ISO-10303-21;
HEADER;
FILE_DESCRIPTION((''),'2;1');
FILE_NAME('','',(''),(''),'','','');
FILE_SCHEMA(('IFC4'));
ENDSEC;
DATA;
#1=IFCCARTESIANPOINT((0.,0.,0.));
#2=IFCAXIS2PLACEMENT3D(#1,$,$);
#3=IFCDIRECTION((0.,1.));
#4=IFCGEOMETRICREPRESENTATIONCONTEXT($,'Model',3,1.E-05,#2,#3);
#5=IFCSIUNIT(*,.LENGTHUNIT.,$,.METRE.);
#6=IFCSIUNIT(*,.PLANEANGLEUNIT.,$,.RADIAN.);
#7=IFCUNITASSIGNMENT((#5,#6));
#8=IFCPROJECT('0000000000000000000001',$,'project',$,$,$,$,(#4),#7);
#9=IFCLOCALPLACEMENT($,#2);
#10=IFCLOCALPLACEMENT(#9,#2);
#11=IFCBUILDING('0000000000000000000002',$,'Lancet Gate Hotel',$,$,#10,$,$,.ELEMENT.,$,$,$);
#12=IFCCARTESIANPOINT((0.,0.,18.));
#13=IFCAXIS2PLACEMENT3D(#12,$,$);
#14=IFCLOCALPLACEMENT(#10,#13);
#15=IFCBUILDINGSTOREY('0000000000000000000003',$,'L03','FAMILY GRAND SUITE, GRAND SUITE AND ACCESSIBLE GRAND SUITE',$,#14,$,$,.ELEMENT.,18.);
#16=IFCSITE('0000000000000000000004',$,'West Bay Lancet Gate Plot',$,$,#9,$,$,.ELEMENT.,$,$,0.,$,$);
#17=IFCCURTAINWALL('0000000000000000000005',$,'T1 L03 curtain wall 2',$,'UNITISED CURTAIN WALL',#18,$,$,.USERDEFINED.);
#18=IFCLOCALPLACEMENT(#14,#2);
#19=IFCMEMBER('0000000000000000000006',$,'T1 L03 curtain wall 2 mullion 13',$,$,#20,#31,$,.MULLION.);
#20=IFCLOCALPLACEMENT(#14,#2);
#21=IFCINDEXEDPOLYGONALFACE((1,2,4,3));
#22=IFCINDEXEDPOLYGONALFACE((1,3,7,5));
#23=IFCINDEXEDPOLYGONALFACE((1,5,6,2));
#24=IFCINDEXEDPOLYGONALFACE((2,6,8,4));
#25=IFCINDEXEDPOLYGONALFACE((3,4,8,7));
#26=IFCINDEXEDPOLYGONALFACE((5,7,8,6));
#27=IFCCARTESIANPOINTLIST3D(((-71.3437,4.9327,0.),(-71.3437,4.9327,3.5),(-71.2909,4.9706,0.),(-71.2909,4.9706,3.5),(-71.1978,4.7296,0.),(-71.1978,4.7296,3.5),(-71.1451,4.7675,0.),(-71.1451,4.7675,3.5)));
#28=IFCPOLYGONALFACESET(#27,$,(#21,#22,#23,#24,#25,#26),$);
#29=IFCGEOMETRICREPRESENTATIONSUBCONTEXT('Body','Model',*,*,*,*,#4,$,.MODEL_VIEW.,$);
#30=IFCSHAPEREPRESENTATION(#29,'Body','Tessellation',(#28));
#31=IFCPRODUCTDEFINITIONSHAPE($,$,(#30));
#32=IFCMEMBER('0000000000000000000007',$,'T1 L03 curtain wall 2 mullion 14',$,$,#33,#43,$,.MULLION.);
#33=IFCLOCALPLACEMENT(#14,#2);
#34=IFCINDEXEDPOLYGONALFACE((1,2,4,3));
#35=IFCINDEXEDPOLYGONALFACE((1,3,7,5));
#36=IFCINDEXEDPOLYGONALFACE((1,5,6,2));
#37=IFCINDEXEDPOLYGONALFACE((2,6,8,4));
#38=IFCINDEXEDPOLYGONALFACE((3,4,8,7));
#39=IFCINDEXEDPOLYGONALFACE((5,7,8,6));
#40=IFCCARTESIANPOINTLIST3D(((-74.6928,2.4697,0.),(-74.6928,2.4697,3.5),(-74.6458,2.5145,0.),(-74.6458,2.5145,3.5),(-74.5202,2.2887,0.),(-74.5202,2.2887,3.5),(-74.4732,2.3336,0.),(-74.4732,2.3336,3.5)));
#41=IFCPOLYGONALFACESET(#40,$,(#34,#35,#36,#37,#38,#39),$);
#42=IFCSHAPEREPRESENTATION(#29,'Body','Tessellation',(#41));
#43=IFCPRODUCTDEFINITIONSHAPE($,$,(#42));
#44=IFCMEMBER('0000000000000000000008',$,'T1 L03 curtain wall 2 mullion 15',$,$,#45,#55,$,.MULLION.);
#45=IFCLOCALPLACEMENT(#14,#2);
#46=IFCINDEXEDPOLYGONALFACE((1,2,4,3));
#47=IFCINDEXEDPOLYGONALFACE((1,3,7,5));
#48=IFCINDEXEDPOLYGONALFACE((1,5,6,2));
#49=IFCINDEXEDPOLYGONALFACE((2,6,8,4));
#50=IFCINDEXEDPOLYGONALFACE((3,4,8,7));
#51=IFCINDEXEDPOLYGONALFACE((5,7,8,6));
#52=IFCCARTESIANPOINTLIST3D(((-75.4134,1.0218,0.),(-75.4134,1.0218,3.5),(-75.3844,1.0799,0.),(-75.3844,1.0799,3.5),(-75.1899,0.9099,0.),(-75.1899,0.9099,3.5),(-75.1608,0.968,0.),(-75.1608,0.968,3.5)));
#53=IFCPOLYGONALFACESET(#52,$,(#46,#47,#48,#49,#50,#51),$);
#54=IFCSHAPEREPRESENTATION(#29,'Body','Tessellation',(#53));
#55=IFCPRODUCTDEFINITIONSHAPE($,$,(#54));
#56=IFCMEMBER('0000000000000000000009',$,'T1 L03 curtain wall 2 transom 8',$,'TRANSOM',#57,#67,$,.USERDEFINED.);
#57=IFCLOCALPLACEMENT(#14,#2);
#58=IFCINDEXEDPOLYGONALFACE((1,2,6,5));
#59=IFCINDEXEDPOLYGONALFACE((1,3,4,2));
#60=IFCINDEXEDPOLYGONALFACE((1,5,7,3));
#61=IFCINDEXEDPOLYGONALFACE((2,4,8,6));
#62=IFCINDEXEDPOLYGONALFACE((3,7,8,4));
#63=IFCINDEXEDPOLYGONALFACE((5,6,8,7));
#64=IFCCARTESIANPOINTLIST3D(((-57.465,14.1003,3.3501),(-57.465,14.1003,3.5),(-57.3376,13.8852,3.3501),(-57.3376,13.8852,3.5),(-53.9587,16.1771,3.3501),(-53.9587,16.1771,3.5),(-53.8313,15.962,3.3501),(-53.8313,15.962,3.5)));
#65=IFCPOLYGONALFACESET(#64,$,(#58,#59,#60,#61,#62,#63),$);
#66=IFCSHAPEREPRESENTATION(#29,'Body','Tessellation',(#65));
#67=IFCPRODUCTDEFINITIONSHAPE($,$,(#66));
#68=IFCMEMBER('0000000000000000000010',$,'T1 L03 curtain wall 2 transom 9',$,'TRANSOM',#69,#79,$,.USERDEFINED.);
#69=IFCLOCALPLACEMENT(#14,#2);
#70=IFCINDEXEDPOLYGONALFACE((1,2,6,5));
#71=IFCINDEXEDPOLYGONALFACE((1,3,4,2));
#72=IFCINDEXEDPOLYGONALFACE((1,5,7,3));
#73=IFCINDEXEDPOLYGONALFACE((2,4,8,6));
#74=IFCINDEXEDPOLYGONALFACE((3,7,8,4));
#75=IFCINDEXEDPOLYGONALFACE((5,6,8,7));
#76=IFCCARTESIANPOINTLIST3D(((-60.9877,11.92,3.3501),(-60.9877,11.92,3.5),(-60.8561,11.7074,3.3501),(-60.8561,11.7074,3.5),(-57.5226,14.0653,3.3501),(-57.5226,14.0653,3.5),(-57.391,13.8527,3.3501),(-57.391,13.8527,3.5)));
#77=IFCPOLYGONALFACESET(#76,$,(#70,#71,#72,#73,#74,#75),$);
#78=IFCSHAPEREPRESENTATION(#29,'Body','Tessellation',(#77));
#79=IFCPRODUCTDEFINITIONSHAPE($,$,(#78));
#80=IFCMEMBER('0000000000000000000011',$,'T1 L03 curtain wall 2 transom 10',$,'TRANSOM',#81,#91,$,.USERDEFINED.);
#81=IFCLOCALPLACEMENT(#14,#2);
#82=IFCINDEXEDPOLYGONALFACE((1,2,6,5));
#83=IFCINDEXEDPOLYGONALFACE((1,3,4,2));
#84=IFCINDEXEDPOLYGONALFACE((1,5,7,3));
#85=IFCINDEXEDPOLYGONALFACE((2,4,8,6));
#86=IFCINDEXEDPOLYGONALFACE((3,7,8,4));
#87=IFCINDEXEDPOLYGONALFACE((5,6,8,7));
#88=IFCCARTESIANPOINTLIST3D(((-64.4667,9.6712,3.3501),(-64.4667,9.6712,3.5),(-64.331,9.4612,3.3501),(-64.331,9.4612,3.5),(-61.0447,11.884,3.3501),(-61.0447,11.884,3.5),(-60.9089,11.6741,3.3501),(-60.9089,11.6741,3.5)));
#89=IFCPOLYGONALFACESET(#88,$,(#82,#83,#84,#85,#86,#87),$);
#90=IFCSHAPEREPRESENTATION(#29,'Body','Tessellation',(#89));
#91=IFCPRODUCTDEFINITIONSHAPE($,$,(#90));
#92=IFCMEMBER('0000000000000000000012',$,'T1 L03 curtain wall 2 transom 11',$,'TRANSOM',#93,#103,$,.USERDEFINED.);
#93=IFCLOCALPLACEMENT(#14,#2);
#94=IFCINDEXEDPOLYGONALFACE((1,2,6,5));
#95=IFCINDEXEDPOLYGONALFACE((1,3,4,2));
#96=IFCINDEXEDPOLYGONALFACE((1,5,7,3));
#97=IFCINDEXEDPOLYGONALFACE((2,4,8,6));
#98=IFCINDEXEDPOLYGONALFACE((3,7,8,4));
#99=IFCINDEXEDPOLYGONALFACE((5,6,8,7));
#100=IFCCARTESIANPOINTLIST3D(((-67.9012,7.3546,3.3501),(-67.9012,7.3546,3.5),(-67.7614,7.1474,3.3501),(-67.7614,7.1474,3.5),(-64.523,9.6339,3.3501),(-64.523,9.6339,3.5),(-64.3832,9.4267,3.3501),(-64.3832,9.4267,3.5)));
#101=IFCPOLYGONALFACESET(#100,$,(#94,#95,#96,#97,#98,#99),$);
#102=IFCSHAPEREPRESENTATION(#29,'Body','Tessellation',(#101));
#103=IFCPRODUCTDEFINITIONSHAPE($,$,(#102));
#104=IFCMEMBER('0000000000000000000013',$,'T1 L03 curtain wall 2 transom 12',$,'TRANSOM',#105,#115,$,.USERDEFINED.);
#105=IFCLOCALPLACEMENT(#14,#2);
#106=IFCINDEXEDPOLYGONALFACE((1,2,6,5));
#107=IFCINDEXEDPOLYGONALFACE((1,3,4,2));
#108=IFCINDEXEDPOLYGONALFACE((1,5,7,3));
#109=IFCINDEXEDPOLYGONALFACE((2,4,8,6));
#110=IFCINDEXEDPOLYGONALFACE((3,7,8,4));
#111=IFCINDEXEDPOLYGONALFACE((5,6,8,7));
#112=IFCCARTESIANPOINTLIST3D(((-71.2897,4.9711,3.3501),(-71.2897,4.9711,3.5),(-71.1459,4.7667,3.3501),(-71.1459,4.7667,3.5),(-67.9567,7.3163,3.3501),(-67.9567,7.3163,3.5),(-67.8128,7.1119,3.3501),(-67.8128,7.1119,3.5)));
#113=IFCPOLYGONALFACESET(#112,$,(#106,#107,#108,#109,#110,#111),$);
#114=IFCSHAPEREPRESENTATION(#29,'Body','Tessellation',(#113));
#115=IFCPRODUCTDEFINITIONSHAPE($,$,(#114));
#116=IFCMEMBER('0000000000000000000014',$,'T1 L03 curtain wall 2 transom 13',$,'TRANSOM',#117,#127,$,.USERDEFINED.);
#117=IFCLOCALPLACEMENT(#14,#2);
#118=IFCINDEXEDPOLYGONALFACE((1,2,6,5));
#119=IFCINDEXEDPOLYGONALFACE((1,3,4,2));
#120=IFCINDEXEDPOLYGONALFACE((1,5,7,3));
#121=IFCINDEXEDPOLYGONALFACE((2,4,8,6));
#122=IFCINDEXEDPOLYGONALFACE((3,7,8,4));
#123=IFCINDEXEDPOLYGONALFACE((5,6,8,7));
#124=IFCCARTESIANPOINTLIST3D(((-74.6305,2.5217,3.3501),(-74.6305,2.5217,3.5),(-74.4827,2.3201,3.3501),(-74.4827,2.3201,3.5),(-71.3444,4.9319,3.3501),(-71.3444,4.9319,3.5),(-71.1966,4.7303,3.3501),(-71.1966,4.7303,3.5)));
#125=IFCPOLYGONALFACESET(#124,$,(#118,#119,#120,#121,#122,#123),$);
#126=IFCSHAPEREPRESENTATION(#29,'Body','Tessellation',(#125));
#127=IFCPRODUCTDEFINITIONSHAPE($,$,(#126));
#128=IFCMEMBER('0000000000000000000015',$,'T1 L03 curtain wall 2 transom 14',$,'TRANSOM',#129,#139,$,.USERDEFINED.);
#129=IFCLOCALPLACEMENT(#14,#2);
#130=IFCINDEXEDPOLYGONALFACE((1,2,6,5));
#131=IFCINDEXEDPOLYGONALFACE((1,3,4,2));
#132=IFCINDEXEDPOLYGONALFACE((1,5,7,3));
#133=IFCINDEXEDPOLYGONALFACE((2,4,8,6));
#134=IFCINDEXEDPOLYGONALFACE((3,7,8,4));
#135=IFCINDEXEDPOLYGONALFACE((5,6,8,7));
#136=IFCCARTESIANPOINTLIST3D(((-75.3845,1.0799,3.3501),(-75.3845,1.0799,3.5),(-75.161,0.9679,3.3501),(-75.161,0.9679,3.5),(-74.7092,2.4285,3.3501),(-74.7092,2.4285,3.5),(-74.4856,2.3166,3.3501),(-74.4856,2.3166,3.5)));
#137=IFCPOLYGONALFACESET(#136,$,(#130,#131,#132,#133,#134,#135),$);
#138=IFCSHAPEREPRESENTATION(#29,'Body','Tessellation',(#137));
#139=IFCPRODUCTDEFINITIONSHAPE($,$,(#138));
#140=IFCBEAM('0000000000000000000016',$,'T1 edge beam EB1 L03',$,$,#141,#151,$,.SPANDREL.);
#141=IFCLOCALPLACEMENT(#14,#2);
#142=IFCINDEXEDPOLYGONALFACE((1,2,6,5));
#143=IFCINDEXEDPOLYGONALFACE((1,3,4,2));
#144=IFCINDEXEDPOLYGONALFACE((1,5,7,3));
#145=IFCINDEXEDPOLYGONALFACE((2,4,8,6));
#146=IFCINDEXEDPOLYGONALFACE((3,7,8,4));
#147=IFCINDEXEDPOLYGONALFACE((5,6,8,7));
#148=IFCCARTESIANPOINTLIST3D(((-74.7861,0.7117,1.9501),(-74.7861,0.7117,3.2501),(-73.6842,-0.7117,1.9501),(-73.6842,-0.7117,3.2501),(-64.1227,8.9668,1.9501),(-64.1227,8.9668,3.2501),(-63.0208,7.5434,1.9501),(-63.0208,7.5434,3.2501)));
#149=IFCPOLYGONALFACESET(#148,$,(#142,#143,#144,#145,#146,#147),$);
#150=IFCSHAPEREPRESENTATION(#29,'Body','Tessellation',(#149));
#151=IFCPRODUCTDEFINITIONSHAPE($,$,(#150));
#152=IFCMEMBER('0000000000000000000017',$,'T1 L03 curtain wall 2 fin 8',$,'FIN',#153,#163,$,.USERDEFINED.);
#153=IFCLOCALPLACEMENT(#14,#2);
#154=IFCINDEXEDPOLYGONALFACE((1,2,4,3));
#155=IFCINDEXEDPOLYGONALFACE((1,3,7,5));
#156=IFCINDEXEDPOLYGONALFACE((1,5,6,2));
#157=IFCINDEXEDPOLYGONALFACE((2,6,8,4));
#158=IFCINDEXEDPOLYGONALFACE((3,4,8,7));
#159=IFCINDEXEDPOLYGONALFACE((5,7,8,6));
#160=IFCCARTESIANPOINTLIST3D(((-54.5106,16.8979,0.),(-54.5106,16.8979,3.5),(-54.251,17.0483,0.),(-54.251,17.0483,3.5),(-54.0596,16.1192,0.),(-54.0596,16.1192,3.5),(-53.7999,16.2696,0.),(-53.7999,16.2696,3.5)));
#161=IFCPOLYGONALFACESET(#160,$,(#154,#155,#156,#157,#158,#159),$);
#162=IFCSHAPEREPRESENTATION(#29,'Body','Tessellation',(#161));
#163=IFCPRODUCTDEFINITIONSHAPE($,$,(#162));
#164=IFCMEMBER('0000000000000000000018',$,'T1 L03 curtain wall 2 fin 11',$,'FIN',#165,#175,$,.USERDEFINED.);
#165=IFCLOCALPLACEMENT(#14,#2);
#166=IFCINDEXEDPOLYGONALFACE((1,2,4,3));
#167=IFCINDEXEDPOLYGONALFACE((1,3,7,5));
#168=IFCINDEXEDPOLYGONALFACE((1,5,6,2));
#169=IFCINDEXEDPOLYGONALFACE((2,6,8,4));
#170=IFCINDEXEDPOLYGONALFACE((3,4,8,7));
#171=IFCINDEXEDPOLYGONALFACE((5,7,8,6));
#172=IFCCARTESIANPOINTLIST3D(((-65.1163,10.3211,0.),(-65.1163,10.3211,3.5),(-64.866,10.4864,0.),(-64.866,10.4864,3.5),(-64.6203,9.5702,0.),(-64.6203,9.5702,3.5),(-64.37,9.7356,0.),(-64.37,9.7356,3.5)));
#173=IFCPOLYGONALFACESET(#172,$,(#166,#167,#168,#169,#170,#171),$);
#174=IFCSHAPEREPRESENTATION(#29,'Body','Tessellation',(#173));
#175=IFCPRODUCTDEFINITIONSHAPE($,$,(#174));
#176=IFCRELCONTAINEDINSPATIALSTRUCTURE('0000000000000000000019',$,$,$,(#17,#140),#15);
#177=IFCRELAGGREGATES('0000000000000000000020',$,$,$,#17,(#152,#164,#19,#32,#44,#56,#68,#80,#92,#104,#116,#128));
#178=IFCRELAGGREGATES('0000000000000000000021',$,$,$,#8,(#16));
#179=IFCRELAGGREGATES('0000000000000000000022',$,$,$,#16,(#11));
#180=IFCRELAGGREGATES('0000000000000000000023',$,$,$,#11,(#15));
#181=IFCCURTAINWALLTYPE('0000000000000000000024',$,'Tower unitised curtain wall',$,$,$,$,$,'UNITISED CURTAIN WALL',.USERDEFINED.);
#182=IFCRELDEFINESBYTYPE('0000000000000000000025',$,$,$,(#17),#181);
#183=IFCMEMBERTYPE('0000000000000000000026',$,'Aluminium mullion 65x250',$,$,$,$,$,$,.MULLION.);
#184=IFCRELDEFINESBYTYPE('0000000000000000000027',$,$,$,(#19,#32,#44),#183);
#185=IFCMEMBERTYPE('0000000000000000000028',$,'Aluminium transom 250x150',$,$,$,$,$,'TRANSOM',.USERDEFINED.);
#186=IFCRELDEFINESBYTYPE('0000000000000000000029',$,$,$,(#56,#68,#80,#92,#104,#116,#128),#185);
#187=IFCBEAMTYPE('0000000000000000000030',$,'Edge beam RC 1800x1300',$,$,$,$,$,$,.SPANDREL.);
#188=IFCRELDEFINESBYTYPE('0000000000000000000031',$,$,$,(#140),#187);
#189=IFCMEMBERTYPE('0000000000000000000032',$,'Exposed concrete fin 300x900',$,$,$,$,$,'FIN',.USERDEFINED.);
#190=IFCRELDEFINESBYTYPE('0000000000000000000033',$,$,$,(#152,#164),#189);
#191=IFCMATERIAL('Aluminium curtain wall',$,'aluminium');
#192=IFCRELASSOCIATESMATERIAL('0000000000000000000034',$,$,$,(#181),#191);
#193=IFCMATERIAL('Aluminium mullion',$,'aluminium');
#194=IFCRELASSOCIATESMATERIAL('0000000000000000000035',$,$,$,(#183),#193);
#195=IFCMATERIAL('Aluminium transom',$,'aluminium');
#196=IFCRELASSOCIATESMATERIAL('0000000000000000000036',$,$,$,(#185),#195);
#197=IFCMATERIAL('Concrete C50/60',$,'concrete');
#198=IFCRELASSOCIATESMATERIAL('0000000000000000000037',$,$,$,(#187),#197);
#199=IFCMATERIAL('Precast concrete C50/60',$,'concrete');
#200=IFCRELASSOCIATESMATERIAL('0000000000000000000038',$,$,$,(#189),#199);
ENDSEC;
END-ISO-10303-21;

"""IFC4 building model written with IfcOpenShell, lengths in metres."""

from ifc_helpers import new_model, si_unit, direction, frame, origin, origin_2d, place, context, subcontext, project, spatial, rectangle, extrude, material, material_profile, profile_set, type_object, element, aggregate, save


model = new_model("IFC4")

# Units and contexts
model_context = context("Model", 3, precision=1e-05, world=origin(), true_north=direction((0.0, 1.0)))
body_context = subcontext(model_context, "Body", "Model", "MODEL_VIEW")
ifc_project = project(units=[si_unit("LENGTHUNIT", "METRE"), si_unit("PLANEANGLEUNIT", "RADIAN")], contexts=[model_context])

# Site, building, storey
site_placement = place(None, origin())
site = spatial("IfcSite", under=ifc_project, at=site_placement, Name="West Bay Lancet Gate Plot", CompositionType="ELEMENT", RefElevation=0.0)
building_placement = place(site_placement, origin())
building = spatial("IfcBuilding", under=site, at=building_placement, Name="Lancet Gate Hotel", CompositionType="ELEMENT")
storey_placement = place(building_placement, frame((0.0, 0.0, 18.0)))
storey = spatial("IfcBuildingStorey", under=building, at=storey_placement, Name="L03", Description="FAMILY GRAND SUITE, GRAND SUITE AND ACCESSIBLE GRAND SUITE", CompositionType="ELEMENT", Elevation=18.0)

# Curtain wall, members
ifc_material_1 = material(Name="Aluminium curtain wall", Category="aluminium")
curtain_wall_type = type_object("IfcCurtainWallType", Name="Tower unitised curtain wall", ElementType="UNITISED CURTAIN WALL", PredefinedType="USERDEFINED", material=ifc_material_1)
curtain_wall_placement = place(storey_placement, origin())
curtain_wall = element("IfcCurtainWall", 1, at=curtain_wall_placement, inside=storey, type_object=curtain_wall_type, Name="T1 L03 curtain wall 2", ObjectType="UNITISED CURTAIN WALL", PredefinedType="USERDEFINED")
ifc_material_2 = material(Name="Aluminium mullion", Category="aluminium")
ifc_material_profile_1 = material_profile(ifc_material_2, rectangle(XDim=0.0649, YDim=0.25, at=origin_2d()), Name="MULLION 65x250")
ifc_profile_set_1 = profile_set([ifc_material_profile_1], Name="Aluminium mullion")
member_type_1 = type_object("IfcMemberType", Name="Aluminium mullion 65x250", PredefinedType="MULLION", material=ifc_profile_set_1)
member_1_placement = place(storey_placement, frame((-71.2444, 4.8501, 0.0), z_axis=(0.0, 0.0, 1.0), x_axis=(-0.812147, -0.583453, 0.0)))
member_1 = element("IfcMember", 2, at=member_1_placement, type_object=member_type_1, Name="T1 L03 curtain wall 2 mullion 13", PredefinedType="MULLION", context=body_context, shape_type="SweptSolid", body=[
    extrude(rectangle(XDim=0.0649, YDim=0.25, at=origin_2d()), origin(), (0.0, 0.0, 1.0), 3.5),
])
member_2_placement = place(storey_placement, frame((-74.583, 2.4016, 0.0), z_axis=(0.0, 0.0, 1.0), x_axis=(-0.723696, -0.690119, 0.0)))
member_2 = element("IfcMember", 3, at=member_2_placement, type_object=member_type_1, Name="T1 L03 curtain wall 2 mullion 14", PredefinedType="MULLION", context=body_context, shape_type="SweptSolid", body=[
    extrude(rectangle(XDim=0.0649, YDim=0.25, at=origin_2d()), origin(), (0.0, 0.0, 1.0), 3.5),
])
member_3_placement = place(storey_placement, frame((-75.2871, 0.9949, 0.0), z_axis=(0.0, 0.0, 1.0), x_axis=(-0.447628, -0.89422, 0.0)))
member_3 = element("IfcMember", 4, at=member_3_placement, type_object=member_type_1, Name="T1 L03 curtain wall 2 mullion 15", PredefinedType="MULLION", context=body_context, shape_type="SweptSolid", body=[
    extrude(rectangle(XDim=0.0649, YDim=0.25, at=origin_2d()), origin(), (0.0, 0.0, 1.0), 3.5),
])
ifc_material_3 = material(Name="Aluminium transom", Category="aluminium")
ifc_material_profile_2 = material_profile(ifc_material_3, rectangle(XDim=0.25, YDim=0.1499, at=origin_2d()), Name="TRANSOM 250x150")
ifc_profile_set_2 = profile_set([ifc_material_profile_2], Name="Aluminium transom")
member_type_2 = type_object("IfcMemberType", Name="Aluminium transom 250x150", ElementType="TRANSOM", PredefinedType="USERDEFINED", material=ifc_profile_set_2)
member_4_placement = place(storey_placement, frame((-53.895, 16.0696, 3.425), z_axis=(-0.860392, -0.509633, 0.0), x_axis=(0.509633, -0.860392, 0.0)))
member_4 = element("IfcMember", 5, at=member_4_placement, type_object=member_type_2, Name="T1 L03 curtain wall 2 transom 8", ObjectType="TRANSOM", PredefinedType="USERDEFINED", context=body_context, shape_type="SweptSolid", body=[
    extrude(rectangle(XDim=0.25, YDim=0.1499, at=origin_2d()), origin(), (0.0, 0.0, 1.0), 4.0752),
])
member_5_placement = place(storey_placement, frame((-57.4568, 13.959, 3.425), z_axis=(-0.850242, -0.526392, 0.0), x_axis=(0.526392, -0.850242, 0.0)))
member_5 = element("IfcMember", 6, at=member_5_placement, type_object=member_type_2, Name="T1 L03 curtain wall 2 transom 9", ObjectType="TRANSOM", PredefinedType="USERDEFINED", context=body_context, shape_type="SweptSolid", body=[
    extrude(rectangle(XDim=0.25, YDim=0.1499, at=origin_2d()), origin(), (0.0, 0.0, 1.0), 4.0754),
])
member_6_placement = place(storey_placement, frame((-60.9768, 11.7791, 3.425), z_axis=(-0.839729, -0.543005, 0.0), x_axis=(0.543005, -0.839729, 0.0)))
member_6 = element("IfcMember", 7, at=member_6_placement, type_object=member_type_2, Name="T1 L03 curtain wall 2 transom 10", ObjectType="TRANSOM", PredefinedType="USERDEFINED", context=body_context, shape_type="SweptSolid", body=[
    extrude(rectangle(XDim=0.25, YDim=0.1499, at=origin_2d()), origin(), (0.0, 0.0, 1.0), 4.0752),
])
member_7_placement = place(storey_placement, frame((-64.4531, 9.5303, 3.425), z_axis=(-0.828959, -0.559309, 0.0), x_axis=(0.559309, -0.828959, 0.0)))
member_7 = element("IfcMember", 8, at=member_7_placement, type_object=member_type_2, Name="T1 L03 curtain wall 2 transom 11", ObjectType="TRANSOM", PredefinedType="USERDEFINED", context=body_context, shape_type="SweptSolid", body=[
    extrude(rectangle(XDim=0.25, YDim=0.1499, at=origin_2d()), origin(), (0.0, 0.0, 1.0), 4.0752),
])
member_8_placement = place(storey_placement, frame((-67.8848, 7.2141, 3.425), z_axis=(-0.817834, -0.575455, 0.0), x_axis=(0.575455, -0.817834, 0.0)))
member_8 = element("IfcMember", 9, at=member_8_placement, type_object=member_type_2, Name="T1 L03 curtain wall 2 transom 12", ObjectType="TRANSOM", PredefinedType="USERDEFINED", context=body_context, shape_type="SweptSolid", body=[
    extrude(rectangle(XDim=0.25, YDim=0.1499, at=origin_2d()), origin(), (0.0, 0.0, 1.0), 4.0754),
])
member_9_placement = place(storey_placement, frame((-71.2705, 4.8311, 3.425), z_axis=(-0.806367, -0.591416, 0.0), x_axis=(0.591416, -0.806367, 0.0)))
member_9 = element("IfcMember", 10, at=member_9_placement, type_object=member_type_2, Name="T1 L03 curtain wall 2 transom 13", ObjectType="TRANSOM", PredefinedType="USERDEFINED", context=body_context, shape_type="SweptSolid", body=[
    extrude(rectangle(XDim=0.25, YDim=0.1499, at=origin_2d()), origin(), (0.0, 0.0, 1.0), 4.0752),
])
member_10_placement = place(storey_placement, frame((-74.5974, 2.3726, 3.425), z_axis=(-0.447732, -0.894168, 0.0), x_axis=(0.894168, -0.447732, 0.0)))
member_10 = element("IfcMember", 11, at=member_10_placement, type_object=member_type_2, Name="T1 L03 curtain wall 2 transom 14", ObjectType="TRANSOM", PredefinedType="USERDEFINED", context=body_context, shape_type="SweptSolid", body=[
    extrude(rectangle(XDim=0.25, YDim=0.1499, at=origin_2d()), origin(), (0.0, 0.0, 1.0), 1.5083),
])

# Beam
ifc_material_4 = material(Name="Concrete C50/60", Category="concrete")
ifc_material_profile_3 = material_profile(ifc_material_4, rectangle(XDim=1.8, YDim=1.3, at=origin_2d()), Name="RC 1800x1300")
ifc_profile_set_3 = profile_set([ifc_material_profile_3], Name="Concrete C50/60")
beam_type_1 = type_object("IfcBeamType", Name="Edge beam RC 1800x1300", PredefinedType="SPANDREL", material=ifc_profile_set_3)
beam_1_placement = place(storey_placement, frame((-63.5718, 8.2551, 2.6001), z_axis=(-0.790736, -0.612157, 0.0), x_axis=(0.612157, -0.790736, 0.0)))
element("IfcBeam", 12, at=beam_1_placement, inside=storey, type_object=beam_type_1, Name="T1 edge beam EB1 L03", PredefinedType="SPANDREL", context=body_context, shape_type="SweptSolid", body=[
    extrude(rectangle(XDim=1.8, YDim=1.3, at=origin_2d()), origin(), (0.0, 0.0, 1.0), 13.4854),
])

# Members
ifc_material_5 = material(Name="Precast concrete C50/60", Category="concrete")
ifc_material_profile_4 = material_profile(ifc_material_5, rectangle(XDim=0.3, YDim=0.8999, at=origin_2d()), Name="FIN 300x900")
ifc_profile_set_4 = profile_set([ifc_material_profile_4], Name="Precast concrete C50/60")
member_type_3 = type_object("IfcMemberType", Name="Exposed concrete fin 300x900", ElementType="FIN", PredefinedType="USERDEFINED", material=ifc_profile_set_4)
member_11_placement = place(storey_placement, frame((-54.1553, 16.5837, 0.0), z_axis=(0.0, 0.0, 1.0), x_axis=(-0.865335, -0.501194, 0.0)))
member_11 = element("IfcMember", 13, at=member_11_placement, type_object=member_type_3, Name="T1 L03 curtain wall 2 fin 8", ObjectType="FIN", PredefinedType="USERDEFINED", context=body_context, shape_type="SweptSolid", body=[
    extrude(rectangle(XDim=0.3, YDim=0.8999, at=origin_2d()), origin(), (0.0, 0.0, 1.0), 3.5),
])
member_12_placement = place(storey_placement, frame((-64.7432, 10.0283, 0.0), z_axis=(0.0, 0.0, 1.0), x_axis=(-0.834387, -0.551178, 0.0)))
member_12 = element("IfcMember", 14, at=member_12_placement, type_object=member_type_3, Name="T1 L03 curtain wall 2 fin 11", ObjectType="FIN", PredefinedType="USERDEFINED", context=body_context, shape_type="SweptSolid", body=[
    extrude(rectangle(XDim=0.3, YDim=0.8999, at=origin_2d()), origin(), (0.0, 0.0, 1.0), 3.5),
])

aggregate(curtain_wall, [member_11, member_12, member_1, member_2, member_3, member_4, member_5, member_6, member_7, member_8, member_9, member_10])

save(model, "model.ifc")
